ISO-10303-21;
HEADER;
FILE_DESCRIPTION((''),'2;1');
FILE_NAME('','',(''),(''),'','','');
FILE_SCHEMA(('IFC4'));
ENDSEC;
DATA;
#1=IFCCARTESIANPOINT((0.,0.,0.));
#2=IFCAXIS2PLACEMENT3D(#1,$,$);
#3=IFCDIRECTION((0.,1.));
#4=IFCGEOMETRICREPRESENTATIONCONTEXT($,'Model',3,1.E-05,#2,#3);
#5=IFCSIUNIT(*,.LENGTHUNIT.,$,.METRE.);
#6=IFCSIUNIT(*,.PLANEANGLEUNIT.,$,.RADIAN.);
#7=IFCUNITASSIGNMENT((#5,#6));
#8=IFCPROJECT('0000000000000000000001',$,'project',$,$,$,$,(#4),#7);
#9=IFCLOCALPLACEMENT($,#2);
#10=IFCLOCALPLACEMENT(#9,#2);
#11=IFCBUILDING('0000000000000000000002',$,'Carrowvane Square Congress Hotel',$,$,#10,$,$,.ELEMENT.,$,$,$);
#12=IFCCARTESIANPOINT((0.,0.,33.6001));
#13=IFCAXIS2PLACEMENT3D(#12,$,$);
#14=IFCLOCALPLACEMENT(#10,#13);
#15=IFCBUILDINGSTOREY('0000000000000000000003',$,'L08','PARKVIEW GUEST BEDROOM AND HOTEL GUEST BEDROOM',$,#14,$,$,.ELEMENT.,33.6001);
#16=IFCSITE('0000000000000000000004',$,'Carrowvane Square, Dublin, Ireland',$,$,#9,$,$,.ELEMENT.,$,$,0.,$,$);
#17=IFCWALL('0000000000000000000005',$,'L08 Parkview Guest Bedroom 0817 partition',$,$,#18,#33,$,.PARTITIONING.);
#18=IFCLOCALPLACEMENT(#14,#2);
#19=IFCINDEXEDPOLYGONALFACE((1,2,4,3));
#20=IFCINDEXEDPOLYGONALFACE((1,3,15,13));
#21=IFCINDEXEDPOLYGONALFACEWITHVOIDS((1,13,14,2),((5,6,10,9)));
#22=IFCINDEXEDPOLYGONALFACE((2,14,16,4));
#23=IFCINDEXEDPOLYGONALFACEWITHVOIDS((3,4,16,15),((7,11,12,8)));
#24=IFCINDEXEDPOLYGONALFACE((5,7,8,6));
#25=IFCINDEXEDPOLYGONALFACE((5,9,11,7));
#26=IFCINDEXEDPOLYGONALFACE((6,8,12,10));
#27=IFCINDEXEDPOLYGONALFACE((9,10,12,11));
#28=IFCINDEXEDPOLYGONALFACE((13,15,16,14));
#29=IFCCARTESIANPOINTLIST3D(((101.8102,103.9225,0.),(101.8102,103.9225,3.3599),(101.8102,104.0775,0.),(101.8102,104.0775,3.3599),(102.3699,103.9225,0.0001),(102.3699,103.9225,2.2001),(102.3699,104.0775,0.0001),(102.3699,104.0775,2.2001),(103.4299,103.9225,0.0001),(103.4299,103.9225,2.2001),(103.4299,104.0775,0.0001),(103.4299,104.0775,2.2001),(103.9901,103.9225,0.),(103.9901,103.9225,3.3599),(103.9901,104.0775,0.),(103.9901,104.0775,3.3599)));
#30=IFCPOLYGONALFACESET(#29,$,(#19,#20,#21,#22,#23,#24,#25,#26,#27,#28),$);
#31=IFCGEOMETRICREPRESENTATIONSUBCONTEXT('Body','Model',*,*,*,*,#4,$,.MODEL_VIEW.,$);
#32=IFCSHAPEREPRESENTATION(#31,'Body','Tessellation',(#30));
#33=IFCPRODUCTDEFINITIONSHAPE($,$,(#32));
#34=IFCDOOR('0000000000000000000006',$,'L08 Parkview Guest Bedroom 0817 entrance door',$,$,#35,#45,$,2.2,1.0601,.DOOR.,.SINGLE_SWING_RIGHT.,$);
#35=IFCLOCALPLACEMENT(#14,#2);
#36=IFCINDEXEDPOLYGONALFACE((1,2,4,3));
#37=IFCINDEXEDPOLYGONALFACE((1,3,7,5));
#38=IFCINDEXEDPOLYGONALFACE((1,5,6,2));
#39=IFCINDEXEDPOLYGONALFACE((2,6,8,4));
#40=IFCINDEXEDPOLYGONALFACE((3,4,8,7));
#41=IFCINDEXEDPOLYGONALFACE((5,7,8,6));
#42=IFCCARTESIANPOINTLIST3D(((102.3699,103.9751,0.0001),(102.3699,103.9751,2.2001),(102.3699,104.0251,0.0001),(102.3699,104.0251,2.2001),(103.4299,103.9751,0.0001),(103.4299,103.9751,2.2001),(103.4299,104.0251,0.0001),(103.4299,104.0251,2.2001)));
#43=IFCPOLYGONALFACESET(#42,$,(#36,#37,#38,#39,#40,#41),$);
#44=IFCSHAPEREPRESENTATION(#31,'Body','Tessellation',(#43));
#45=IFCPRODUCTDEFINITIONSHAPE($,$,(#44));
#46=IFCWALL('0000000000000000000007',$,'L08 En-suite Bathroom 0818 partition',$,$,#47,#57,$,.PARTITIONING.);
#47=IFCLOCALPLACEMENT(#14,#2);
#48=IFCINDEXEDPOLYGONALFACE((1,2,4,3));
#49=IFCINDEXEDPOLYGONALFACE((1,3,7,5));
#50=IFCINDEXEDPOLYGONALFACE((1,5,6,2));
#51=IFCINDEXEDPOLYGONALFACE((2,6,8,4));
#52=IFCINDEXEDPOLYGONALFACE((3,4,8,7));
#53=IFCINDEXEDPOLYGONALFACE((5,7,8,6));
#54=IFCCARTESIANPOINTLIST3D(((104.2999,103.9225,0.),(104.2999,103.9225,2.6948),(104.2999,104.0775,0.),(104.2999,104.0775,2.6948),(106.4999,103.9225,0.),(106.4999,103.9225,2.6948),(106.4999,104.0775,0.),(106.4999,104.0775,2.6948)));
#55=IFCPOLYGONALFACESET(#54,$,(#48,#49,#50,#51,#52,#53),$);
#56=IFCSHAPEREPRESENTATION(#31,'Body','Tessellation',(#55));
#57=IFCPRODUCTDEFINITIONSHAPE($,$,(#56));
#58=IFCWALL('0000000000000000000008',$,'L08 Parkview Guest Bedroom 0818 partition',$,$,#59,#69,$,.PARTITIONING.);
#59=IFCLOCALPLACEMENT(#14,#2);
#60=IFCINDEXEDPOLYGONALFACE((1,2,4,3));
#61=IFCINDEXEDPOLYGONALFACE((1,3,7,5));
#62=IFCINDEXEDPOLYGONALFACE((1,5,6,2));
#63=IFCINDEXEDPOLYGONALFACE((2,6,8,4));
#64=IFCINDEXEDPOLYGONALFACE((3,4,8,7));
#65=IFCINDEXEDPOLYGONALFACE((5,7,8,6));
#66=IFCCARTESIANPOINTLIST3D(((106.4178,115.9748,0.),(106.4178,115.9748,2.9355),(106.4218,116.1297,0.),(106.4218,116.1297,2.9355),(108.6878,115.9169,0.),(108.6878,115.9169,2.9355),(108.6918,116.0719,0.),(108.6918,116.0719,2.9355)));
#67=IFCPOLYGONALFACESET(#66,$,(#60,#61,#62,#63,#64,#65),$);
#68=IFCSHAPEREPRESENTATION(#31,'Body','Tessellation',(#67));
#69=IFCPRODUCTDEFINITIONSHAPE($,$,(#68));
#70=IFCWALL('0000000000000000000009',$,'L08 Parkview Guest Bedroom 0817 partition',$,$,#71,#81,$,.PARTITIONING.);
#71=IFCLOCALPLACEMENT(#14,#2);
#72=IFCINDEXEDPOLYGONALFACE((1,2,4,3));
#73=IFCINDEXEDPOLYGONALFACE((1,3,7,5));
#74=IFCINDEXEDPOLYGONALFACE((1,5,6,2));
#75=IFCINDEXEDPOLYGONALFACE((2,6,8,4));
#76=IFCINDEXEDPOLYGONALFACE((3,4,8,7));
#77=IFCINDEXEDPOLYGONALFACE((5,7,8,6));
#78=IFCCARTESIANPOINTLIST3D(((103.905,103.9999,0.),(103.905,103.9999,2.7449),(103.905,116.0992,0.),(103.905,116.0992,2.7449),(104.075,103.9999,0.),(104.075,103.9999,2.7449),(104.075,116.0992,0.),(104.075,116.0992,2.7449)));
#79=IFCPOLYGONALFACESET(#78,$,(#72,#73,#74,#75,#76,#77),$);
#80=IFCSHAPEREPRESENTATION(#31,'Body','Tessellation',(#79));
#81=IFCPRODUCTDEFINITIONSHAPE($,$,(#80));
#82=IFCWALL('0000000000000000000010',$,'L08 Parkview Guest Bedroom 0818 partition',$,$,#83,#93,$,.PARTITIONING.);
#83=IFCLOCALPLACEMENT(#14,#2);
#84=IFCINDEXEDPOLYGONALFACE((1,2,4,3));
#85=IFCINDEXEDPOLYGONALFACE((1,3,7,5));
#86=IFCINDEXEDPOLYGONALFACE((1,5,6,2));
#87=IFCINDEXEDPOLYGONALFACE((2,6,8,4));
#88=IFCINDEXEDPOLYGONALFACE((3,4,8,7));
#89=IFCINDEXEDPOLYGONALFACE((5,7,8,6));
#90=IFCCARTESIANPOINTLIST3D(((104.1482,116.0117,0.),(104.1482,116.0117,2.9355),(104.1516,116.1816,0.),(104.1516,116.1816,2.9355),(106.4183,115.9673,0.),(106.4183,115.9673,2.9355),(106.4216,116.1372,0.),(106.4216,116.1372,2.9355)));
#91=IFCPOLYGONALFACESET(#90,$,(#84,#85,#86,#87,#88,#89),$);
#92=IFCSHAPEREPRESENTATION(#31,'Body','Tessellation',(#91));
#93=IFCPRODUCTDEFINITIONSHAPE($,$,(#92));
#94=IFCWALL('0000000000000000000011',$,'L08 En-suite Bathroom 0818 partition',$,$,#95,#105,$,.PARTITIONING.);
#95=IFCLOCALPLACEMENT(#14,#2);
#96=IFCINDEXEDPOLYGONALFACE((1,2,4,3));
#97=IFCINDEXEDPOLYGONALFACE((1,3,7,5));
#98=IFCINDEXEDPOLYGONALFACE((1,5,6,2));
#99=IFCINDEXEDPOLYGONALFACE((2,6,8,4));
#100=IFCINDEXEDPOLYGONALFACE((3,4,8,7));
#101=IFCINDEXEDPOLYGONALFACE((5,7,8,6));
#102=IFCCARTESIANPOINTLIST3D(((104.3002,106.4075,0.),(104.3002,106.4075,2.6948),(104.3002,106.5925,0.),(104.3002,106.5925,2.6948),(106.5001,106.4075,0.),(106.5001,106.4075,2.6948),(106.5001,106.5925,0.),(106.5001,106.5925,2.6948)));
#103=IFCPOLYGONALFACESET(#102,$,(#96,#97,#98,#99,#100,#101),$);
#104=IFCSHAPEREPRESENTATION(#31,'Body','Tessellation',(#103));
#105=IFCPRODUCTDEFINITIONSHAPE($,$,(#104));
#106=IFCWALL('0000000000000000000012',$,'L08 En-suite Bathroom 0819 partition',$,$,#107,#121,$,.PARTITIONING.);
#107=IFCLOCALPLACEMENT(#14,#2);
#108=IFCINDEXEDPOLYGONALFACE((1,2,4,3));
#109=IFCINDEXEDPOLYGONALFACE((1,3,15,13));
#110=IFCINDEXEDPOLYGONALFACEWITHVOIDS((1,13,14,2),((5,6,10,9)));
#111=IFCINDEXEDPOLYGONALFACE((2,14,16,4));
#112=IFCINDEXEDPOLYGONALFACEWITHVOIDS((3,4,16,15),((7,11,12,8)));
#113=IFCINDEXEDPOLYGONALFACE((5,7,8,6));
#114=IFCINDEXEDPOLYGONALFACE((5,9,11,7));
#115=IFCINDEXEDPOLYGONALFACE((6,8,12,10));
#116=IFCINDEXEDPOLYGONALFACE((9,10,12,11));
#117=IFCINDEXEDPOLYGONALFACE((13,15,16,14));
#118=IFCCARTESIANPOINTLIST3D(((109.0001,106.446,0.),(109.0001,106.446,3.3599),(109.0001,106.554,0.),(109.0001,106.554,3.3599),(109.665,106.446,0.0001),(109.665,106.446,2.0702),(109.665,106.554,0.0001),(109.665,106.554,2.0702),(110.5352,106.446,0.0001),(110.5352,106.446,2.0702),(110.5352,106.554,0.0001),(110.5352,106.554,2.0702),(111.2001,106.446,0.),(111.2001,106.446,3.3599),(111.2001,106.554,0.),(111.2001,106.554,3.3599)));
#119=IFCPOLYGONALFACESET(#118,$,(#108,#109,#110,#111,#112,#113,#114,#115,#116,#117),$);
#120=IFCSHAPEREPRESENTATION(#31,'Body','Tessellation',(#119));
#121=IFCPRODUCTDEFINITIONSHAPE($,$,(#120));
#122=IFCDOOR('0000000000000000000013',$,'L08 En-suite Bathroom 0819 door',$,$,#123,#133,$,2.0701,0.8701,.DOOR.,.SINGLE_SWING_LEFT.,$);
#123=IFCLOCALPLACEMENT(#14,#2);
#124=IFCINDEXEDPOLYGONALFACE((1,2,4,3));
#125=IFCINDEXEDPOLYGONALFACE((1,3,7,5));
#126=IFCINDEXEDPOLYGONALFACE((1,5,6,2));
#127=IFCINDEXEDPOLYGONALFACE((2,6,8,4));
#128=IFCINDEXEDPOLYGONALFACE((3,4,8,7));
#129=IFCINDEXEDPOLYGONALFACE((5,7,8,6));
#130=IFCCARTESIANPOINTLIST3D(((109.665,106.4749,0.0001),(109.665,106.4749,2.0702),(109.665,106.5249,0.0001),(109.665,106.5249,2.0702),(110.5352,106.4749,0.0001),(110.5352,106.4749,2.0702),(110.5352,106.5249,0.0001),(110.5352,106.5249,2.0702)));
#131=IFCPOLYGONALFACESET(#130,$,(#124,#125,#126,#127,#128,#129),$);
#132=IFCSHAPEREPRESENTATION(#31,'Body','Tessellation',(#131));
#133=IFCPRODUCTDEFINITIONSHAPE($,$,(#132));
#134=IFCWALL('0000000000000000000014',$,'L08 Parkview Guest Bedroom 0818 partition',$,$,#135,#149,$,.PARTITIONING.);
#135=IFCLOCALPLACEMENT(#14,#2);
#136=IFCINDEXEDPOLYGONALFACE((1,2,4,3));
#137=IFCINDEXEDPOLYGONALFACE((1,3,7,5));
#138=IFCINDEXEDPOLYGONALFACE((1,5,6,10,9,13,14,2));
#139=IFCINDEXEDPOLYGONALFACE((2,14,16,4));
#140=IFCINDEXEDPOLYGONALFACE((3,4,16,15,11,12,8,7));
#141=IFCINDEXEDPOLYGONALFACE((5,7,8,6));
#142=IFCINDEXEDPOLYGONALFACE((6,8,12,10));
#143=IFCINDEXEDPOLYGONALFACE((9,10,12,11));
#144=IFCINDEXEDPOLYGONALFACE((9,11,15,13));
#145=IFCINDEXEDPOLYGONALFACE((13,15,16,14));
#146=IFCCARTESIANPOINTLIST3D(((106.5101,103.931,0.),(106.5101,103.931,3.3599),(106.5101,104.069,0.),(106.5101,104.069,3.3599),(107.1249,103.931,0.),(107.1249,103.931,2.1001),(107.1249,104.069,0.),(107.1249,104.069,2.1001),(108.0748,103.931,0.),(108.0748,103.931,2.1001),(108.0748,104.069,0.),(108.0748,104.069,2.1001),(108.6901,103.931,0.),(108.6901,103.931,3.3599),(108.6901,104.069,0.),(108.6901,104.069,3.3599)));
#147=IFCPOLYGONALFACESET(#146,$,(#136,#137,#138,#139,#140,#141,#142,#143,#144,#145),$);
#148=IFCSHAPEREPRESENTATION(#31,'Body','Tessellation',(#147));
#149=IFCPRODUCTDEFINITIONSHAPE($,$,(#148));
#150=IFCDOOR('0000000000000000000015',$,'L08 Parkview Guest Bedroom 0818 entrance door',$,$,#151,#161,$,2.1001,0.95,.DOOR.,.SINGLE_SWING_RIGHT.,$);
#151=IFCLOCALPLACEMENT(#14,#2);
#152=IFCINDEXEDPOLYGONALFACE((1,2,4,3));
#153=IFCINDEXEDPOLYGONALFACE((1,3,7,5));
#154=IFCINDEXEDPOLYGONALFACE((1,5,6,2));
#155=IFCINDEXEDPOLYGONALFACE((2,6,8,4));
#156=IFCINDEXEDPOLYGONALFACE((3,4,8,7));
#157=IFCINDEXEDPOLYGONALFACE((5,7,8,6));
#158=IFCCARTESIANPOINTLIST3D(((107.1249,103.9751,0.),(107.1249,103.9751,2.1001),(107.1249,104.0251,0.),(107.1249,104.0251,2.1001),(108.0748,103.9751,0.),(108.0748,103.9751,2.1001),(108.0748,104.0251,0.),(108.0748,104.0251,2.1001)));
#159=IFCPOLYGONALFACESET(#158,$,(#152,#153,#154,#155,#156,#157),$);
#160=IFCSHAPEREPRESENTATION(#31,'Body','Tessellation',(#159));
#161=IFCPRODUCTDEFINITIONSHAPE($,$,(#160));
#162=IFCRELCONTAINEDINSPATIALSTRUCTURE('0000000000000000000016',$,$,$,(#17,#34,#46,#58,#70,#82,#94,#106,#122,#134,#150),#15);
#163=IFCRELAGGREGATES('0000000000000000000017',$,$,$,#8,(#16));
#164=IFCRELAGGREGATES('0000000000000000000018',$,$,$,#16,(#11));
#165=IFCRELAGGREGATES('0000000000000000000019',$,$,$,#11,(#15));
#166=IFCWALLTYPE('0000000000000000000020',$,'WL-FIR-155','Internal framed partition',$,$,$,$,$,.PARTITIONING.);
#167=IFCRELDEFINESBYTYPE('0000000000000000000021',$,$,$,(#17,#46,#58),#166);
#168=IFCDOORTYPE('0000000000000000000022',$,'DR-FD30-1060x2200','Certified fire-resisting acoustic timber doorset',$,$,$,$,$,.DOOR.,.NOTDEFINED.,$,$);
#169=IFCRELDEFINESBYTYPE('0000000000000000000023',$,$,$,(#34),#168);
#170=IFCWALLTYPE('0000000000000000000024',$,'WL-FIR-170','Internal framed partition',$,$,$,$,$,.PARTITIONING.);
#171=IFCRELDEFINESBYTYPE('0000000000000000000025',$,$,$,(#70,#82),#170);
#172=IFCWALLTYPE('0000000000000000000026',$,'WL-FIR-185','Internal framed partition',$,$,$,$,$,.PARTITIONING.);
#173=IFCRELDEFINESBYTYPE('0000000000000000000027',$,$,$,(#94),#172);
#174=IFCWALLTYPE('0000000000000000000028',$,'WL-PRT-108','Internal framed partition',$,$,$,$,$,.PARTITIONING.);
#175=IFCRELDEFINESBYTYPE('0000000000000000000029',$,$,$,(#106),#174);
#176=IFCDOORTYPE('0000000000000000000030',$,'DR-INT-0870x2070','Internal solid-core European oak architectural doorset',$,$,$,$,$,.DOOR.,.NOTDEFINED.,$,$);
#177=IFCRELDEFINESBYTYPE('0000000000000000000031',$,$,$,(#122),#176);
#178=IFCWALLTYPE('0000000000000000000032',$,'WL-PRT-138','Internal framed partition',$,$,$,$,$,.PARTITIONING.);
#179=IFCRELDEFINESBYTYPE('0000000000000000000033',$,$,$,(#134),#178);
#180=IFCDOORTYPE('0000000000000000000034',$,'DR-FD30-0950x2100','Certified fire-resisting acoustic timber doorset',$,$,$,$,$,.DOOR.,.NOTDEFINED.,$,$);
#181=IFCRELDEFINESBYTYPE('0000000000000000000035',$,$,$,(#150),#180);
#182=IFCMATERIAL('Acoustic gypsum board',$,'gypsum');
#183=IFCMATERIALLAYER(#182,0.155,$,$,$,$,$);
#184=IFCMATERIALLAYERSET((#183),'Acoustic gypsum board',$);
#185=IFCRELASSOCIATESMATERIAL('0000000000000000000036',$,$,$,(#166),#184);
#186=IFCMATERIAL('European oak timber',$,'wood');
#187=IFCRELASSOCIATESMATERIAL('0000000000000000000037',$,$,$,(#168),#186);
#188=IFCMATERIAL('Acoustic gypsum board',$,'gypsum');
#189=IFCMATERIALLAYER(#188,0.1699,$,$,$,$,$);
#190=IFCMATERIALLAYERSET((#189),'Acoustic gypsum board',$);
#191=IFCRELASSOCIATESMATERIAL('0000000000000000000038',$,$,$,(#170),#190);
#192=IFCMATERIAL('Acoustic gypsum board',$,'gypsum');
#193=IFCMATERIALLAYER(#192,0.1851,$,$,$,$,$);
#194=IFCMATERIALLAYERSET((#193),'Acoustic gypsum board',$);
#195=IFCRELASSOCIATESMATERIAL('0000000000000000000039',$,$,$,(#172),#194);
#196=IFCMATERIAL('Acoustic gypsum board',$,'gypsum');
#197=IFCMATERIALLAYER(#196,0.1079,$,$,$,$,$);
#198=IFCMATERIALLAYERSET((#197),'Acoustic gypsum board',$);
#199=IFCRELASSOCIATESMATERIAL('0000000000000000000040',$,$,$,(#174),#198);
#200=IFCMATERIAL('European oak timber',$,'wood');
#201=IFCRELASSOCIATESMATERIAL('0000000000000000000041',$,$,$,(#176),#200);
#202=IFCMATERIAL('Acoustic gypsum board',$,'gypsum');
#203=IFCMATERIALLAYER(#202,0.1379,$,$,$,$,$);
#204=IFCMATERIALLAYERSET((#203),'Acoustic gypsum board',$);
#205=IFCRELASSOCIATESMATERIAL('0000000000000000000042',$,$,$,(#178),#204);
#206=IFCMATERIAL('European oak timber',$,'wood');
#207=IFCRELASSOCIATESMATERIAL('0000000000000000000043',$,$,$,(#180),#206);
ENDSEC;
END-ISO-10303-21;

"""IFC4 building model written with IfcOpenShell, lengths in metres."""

from ifc_helpers import new_model, si_unit, direction, frame, frame_2d, origin, place, context, subcontext, project, spatial, rectangle, extrude, material, layer, layer_set, type_object, element, fill, save


model = new_model("IFC4")

# Units and contexts
model_context = context("Model", 3, precision=1e-05, world=origin(), true_north=direction((0.0, 1.0)))
body_context = subcontext(model_context, "Body", "Model", "MODEL_VIEW")
ifc_project = project(units=[si_unit("LENGTHUNIT", "METRE"), si_unit("PLANEANGLEUNIT", "RADIAN")], contexts=[model_context])

# Site, building, storey
site_placement = place(None, origin())
site = spatial("IfcSite", under=ifc_project, at=site_placement, Name="Carrowvane Square, Dublin, Ireland", CompositionType="ELEMENT", RefElevation=0.0)
building_placement = place(site_placement, origin())
building = spatial("IfcBuilding", under=site, at=building_placement, Name="Carrowvane Square Congress Hotel", CompositionType="ELEMENT")
storey_placement = place(building_placement, frame((0.0, 0.0, 33.6001)))
storey = spatial("IfcBuildingStorey", under=building, at=storey_placement, Name="L08", Description="PARKVIEW GUEST BEDROOM AND HOTEL GUEST BEDROOM", CompositionType="ELEMENT", Elevation=33.6001)

# Wall, opening, door
ifc_material_1 = material(Name="Acoustic gypsum board", Category="gypsum")
ifc_layer_1 = layer(ifc_material_1, 0.155)
ifc_layer_set_1 = layer_set([ifc_layer_1], Name="Acoustic gypsum board")
wall_type_1 = type_object("IfcWallType", Name="WL-FIR-155", Description="Internal framed partition", PredefinedType="PARTITIONING", material=ifc_layer_set_1)
wall_1_placement = place(storey_placement, frame((103.99, 104.0, 0.0), z_axis=(0.0, 0.0, 1.0), x_axis=(-1.0, 0.0, 0.0)))
wall_1 = element("IfcWall", 1, at=wall_1_placement, inside=storey, type_object=wall_type_1, Name="L08 Parkview Guest Bedroom 0817 partition", PredefinedType="PARTITIONING", context=body_context, shape_type="SweptSolid", body=[
    extrude(rectangle(XDim=2.1799, YDim=0.155, at=frame_2d((1.0898, 0.0))), origin(), (0.0, 0.0, 1.0), 3.3599),
])
opening_1_placement = place(wall_1_placement, frame((0.5601, 0.0, 0.0)))
opening_1 = element("IfcOpeningElement", 2, at=opening_1_placement, cuts=wall_1, PredefinedType="OPENING", context=body_context, shape_type="SweptSolid", body=[
    extrude(rectangle(XDim=1.0601, YDim=2.2, at=frame_2d((0.53, 1.1001))), frame((0.0, 0.0874, 0.0), z_axis=(0.0, -1.0, 0.0), x_axis=(1.0, 0.0, 0.0)), (0.0, 0.0, 1.0), 0.175),
])
ifc_material_2 = material(Name="European oak timber", Category="wood")
door_type_1 = type_object("IfcDoorType", Name="DR-FD30-1060x2200", Description="Certified fire-resisting acoustic timber doorset", OperationType="NOTDEFINED", PredefinedType="DOOR", material=ifc_material_2)
door_1_placement = place(opening_1_placement, origin())
door_1 = element("IfcDoor", 3, at=door_1_placement, inside=storey, type_object=door_type_1, Name="L08 Parkview Guest Bedroom 0817 entrance door", OperationType="SINGLE_SWING_RIGHT", OverallHeight=2.2, OverallWidth=1.0601, PredefinedType="DOOR", context=body_context, shape_type="SweptSolid", body=[
    extrude(rectangle(XDim=1.0601, YDim=2.2, at=frame_2d((0.53, 1.1001))), frame((0.0, 0.0249, 0.0), z_axis=(0.0, -1.0, 0.0), x_axis=(1.0, 0.0, 0.0)), (0.0, 0.0, 1.0), 0.05),
])
fill(opening_1, door_1)

# Walls
wall_2_placement = place(storey_placement, frame((106.5, 104.0, 0.0), z_axis=(0.0, 0.0, 1.0), x_axis=(-1.0, 0.0, 0.0)))
element("IfcWall", 4, at=wall_2_placement, inside=storey, type_object=wall_type_1, Name="L08 En-suite Bathroom 0818 partition", PredefinedType="PARTITIONING", context=body_context, shape_type="SweptSolid", body=[
    extrude(rectangle(XDim=2.2, YDim=0.155, at=frame_2d((1.1001, 0.0))), origin(), (0.0, 0.0, 1.0), 2.6948),
])
wall_3_placement = place(storey_placement, frame((106.4199, 116.0522, 0.0), z_axis=(0.0, 0.0, 1.0), x_axis=(0.999675, -0.025481, 0.0)))
element("IfcWall", 5, at=wall_3_placement, inside=storey, type_object=wall_type_1, Name="L08 Parkview Guest Bedroom 0818 partition", PredefinedType="PARTITIONING", context=body_context, shape_type="SweptSolid", body=[
    extrude(rectangle(XDim=2.2708, YDim=0.155, at=frame_2d((1.1353, 0.0))), origin(), (0.0, 0.0, 1.0), 2.9355),
])
ifc_material_3 = material(Name="Acoustic gypsum board", Category="gypsum")
ifc_layer_2 = layer(ifc_material_3, 0.1699)
ifc_layer_set_2 = layer_set([ifc_layer_2], Name="Acoustic gypsum board")
wall_type_2 = type_object("IfcWallType", Name="WL-FIR-170", Description="Internal framed partition", PredefinedType="PARTITIONING", material=ifc_layer_set_2)
wall_4_placement = place(storey_placement, frame((103.99, 116.0994, 0.0), z_axis=(0.0, 0.0, 1.0), x_axis=(0.0, -1.0, 0.0)))
element("IfcWall", 6, at=wall_4_placement, inside=storey, type_object=wall_type_2, Name="L08 Parkview Guest Bedroom 0817 partition", PredefinedType="PARTITIONING", context=body_context, shape_type="SweptSolid", body=[
    extrude(rectangle(XDim=12.0994, YDim=0.1699, at=frame_2d((6.0498, 0.0))), origin(), (0.0, 0.0, 1.0), 2.7449),
])

# Walls
wall_5_placement = place(storey_placement, frame((104.1499, 116.0967, 0.0), z_axis=(0.0, 0.0, 1.0), x_axis=(0.999808, -0.01957, 0.0)))
element("IfcWall", 7, at=wall_5_placement, inside=storey, type_object=wall_type_2, Name="L08 Parkview Guest Bedroom 0818 partition", PredefinedType="PARTITIONING", context=body_context, shape_type="SweptSolid", body=[
    extrude(rectangle(XDim=2.2705, YDim=0.1699, at=frame_2d((1.1353, 0.0))), origin(), (0.0, 0.0, 1.0), 2.9355),
])
ifc_material_4 = material(Name="Acoustic gypsum board", Category="gypsum")
ifc_layer_3 = layer(ifc_material_4, 0.1851)
ifc_layer_set_3 = layer_set([ifc_layer_3], Name="Acoustic gypsum board")
wall_type_3 = type_object("IfcWallType", Name="WL-FIR-185", Description="Internal framed partition", PredefinedType="PARTITIONING", material=ifc_layer_set_3)
wall_6_placement = place(storey_placement, frame((104.3, 106.5, 0.0), z_axis=(0.0, 0.0, 1.0), x_axis=(1.0, 0.0, 0.0)))
element("IfcWall", 8, at=wall_6_placement, inside=storey, type_object=wall_type_3, Name="L08 En-suite Bathroom 0818 partition", PredefinedType="PARTITIONING", context=body_context, shape_type="SweptSolid", body=[
    extrude(rectangle(XDim=2.2, YDim=0.1851, at=frame_2d((1.1001, 0.0))), origin(), (0.0, 0.0, 1.0), 2.6948),
])

# Walls, openings, doors
ifc_material_5 = material(Name="Acoustic gypsum board", Category="gypsum")
ifc_layer_4 = layer(ifc_material_5, 0.1079)
ifc_layer_set_4 = layer_set([ifc_layer_4], Name="Acoustic gypsum board")
wall_type_4 = type_object("IfcWallType", Name="WL-PRT-108", Description="Internal framed partition", PredefinedType="PARTITIONING", material=ifc_layer_set_4)
wall_7_placement = place(storey_placement, frame((109.0, 106.5, 0.0), z_axis=(0.0, 0.0, 1.0), x_axis=(1.0, 0.0, 0.0)))
wall_7 = element("IfcWall", 9, at=wall_7_placement, inside=storey, type_object=wall_type_4, Name="L08 En-suite Bathroom 0819 partition", PredefinedType="PARTITIONING", context=body_context, shape_type="SweptSolid", body=[
    extrude(rectangle(XDim=2.2, YDim=0.1079, at=frame_2d((1.1001, 0.0))), origin(), (0.0, 0.0, 1.0), 3.3599),
])
opening_2_placement = place(wall_7_placement, frame((0.665, 0.0, 0.0)))
opening_2 = element("IfcOpeningElement", 10, at=opening_2_placement, cuts=wall_7, PredefinedType="OPENING", context=body_context, shape_type="SweptSolid", body=[
    extrude(rectangle(XDim=0.8701, YDim=2.0701, at=frame_2d((0.4351, 1.0352))), frame((0.0, 0.064, 0.0), z_axis=(0.0, -1.0, 0.0), x_axis=(1.0, 0.0, 0.0)), (0.0, 0.0, 1.0), 0.1279),
])
ifc_material_6 = material(Name="European oak timber", Category="wood")
door_type_2 = type_object("IfcDoorType", Name="DR-INT-0870x2070", Description="Internal solid-core European oak architectural doorset", OperationType="NOTDEFINED", PredefinedType="DOOR", material=ifc_material_6)
door_2_placement = place(opening_2_placement, origin())
door_2 = element("IfcDoor", 11, at=door_2_placement, inside=storey, type_object=door_type_2, Name="L08 En-suite Bathroom 0819 door", OperationType="SINGLE_SWING_LEFT", OverallHeight=2.0701, OverallWidth=0.8701, PredefinedType="DOOR", context=body_context, shape_type="SweptSolid", body=[
    extrude(rectangle(XDim=0.8701, YDim=2.0701, at=frame_2d((0.4351, 1.0352))), frame((0.0, 0.0249, 0.0), z_axis=(0.0, -1.0, 0.0), x_axis=(1.0, 0.0, 0.0)), (0.0, 0.0, 1.0), 0.05),
])
fill(opening_2, door_2)
ifc_material_7 = material(Name="Acoustic gypsum board", Category="gypsum")
ifc_layer_5 = layer(ifc_material_7, 0.1379)
ifc_layer_set_5 = layer_set([ifc_layer_5], Name="Acoustic gypsum board")
wall_type_5 = type_object("IfcWallType", Name="WL-PRT-138", Description="Internal framed partition", PredefinedType="PARTITIONING", material=ifc_layer_set_5)
wall_8_placement = place(storey_placement, frame((108.6899, 104.0, 0.0), z_axis=(0.0, 0.0, 1.0), x_axis=(-1.0, 0.0, 0.0)))
wall_8 = element("IfcWall", 12, at=wall_8_placement, inside=storey, type_object=wall_type_5, Name="L08 Parkview Guest Bedroom 0818 partition", PredefinedType="PARTITIONING", context=body_context, shape_type="SweptSolid", body=[
    extrude(rectangle(XDim=2.1799, YDim=0.1379, at=frame_2d((1.0898, 0.0))), origin(), (0.0, 0.0, 1.0), 3.3599),
])
opening_3_placement = place(wall_8_placement, frame((0.615, 0.0, 0.0)))
opening_3 = element("IfcOpeningElement", 13, at=opening_3_placement, cuts=wall_8, PredefinedType="OPENING", context=body_context, shape_type="SweptSolid", body=[
    extrude(rectangle(XDim=0.95, YDim=2.1001, at=frame_2d((0.4751, 1.05))), frame((0.0, 0.0789, 0.0), z_axis=(0.0, -1.0, 0.0), x_axis=(1.0, 0.0, 0.0)), (0.0, 0.0, 1.0), 0.158),
])
ifc_material_8 = material(Name="European oak timber", Category="wood")
door_type_3 = type_object("IfcDoorType", Name="DR-FD30-0950x2100", Description="Certified fire-resisting acoustic timber doorset", OperationType="NOTDEFINED", PredefinedType="DOOR", material=ifc_material_8)
door_3_placement = place(opening_3_placement, origin())
door_3 = element("IfcDoor", 14, at=door_3_placement, inside=storey, type_object=door_type_3, Name="L08 Parkview Guest Bedroom 0818 entrance door", OperationType="SINGLE_SWING_RIGHT", OverallHeight=2.1001, OverallWidth=0.95, PredefinedType="DOOR", context=body_context, shape_type="SweptSolid", body=[
    extrude(rectangle(XDim=0.95, YDim=2.1001, at=frame_2d((0.4751, 1.05))), frame((0.0, 0.0249, 0.0), z_axis=(0.0, -1.0, 0.0), x_axis=(1.0, 0.0, 0.0)), (0.0, 0.0, 1.0), 0.05),
])
fill(opening_3, door_3)

save(model, "model.ifc")
